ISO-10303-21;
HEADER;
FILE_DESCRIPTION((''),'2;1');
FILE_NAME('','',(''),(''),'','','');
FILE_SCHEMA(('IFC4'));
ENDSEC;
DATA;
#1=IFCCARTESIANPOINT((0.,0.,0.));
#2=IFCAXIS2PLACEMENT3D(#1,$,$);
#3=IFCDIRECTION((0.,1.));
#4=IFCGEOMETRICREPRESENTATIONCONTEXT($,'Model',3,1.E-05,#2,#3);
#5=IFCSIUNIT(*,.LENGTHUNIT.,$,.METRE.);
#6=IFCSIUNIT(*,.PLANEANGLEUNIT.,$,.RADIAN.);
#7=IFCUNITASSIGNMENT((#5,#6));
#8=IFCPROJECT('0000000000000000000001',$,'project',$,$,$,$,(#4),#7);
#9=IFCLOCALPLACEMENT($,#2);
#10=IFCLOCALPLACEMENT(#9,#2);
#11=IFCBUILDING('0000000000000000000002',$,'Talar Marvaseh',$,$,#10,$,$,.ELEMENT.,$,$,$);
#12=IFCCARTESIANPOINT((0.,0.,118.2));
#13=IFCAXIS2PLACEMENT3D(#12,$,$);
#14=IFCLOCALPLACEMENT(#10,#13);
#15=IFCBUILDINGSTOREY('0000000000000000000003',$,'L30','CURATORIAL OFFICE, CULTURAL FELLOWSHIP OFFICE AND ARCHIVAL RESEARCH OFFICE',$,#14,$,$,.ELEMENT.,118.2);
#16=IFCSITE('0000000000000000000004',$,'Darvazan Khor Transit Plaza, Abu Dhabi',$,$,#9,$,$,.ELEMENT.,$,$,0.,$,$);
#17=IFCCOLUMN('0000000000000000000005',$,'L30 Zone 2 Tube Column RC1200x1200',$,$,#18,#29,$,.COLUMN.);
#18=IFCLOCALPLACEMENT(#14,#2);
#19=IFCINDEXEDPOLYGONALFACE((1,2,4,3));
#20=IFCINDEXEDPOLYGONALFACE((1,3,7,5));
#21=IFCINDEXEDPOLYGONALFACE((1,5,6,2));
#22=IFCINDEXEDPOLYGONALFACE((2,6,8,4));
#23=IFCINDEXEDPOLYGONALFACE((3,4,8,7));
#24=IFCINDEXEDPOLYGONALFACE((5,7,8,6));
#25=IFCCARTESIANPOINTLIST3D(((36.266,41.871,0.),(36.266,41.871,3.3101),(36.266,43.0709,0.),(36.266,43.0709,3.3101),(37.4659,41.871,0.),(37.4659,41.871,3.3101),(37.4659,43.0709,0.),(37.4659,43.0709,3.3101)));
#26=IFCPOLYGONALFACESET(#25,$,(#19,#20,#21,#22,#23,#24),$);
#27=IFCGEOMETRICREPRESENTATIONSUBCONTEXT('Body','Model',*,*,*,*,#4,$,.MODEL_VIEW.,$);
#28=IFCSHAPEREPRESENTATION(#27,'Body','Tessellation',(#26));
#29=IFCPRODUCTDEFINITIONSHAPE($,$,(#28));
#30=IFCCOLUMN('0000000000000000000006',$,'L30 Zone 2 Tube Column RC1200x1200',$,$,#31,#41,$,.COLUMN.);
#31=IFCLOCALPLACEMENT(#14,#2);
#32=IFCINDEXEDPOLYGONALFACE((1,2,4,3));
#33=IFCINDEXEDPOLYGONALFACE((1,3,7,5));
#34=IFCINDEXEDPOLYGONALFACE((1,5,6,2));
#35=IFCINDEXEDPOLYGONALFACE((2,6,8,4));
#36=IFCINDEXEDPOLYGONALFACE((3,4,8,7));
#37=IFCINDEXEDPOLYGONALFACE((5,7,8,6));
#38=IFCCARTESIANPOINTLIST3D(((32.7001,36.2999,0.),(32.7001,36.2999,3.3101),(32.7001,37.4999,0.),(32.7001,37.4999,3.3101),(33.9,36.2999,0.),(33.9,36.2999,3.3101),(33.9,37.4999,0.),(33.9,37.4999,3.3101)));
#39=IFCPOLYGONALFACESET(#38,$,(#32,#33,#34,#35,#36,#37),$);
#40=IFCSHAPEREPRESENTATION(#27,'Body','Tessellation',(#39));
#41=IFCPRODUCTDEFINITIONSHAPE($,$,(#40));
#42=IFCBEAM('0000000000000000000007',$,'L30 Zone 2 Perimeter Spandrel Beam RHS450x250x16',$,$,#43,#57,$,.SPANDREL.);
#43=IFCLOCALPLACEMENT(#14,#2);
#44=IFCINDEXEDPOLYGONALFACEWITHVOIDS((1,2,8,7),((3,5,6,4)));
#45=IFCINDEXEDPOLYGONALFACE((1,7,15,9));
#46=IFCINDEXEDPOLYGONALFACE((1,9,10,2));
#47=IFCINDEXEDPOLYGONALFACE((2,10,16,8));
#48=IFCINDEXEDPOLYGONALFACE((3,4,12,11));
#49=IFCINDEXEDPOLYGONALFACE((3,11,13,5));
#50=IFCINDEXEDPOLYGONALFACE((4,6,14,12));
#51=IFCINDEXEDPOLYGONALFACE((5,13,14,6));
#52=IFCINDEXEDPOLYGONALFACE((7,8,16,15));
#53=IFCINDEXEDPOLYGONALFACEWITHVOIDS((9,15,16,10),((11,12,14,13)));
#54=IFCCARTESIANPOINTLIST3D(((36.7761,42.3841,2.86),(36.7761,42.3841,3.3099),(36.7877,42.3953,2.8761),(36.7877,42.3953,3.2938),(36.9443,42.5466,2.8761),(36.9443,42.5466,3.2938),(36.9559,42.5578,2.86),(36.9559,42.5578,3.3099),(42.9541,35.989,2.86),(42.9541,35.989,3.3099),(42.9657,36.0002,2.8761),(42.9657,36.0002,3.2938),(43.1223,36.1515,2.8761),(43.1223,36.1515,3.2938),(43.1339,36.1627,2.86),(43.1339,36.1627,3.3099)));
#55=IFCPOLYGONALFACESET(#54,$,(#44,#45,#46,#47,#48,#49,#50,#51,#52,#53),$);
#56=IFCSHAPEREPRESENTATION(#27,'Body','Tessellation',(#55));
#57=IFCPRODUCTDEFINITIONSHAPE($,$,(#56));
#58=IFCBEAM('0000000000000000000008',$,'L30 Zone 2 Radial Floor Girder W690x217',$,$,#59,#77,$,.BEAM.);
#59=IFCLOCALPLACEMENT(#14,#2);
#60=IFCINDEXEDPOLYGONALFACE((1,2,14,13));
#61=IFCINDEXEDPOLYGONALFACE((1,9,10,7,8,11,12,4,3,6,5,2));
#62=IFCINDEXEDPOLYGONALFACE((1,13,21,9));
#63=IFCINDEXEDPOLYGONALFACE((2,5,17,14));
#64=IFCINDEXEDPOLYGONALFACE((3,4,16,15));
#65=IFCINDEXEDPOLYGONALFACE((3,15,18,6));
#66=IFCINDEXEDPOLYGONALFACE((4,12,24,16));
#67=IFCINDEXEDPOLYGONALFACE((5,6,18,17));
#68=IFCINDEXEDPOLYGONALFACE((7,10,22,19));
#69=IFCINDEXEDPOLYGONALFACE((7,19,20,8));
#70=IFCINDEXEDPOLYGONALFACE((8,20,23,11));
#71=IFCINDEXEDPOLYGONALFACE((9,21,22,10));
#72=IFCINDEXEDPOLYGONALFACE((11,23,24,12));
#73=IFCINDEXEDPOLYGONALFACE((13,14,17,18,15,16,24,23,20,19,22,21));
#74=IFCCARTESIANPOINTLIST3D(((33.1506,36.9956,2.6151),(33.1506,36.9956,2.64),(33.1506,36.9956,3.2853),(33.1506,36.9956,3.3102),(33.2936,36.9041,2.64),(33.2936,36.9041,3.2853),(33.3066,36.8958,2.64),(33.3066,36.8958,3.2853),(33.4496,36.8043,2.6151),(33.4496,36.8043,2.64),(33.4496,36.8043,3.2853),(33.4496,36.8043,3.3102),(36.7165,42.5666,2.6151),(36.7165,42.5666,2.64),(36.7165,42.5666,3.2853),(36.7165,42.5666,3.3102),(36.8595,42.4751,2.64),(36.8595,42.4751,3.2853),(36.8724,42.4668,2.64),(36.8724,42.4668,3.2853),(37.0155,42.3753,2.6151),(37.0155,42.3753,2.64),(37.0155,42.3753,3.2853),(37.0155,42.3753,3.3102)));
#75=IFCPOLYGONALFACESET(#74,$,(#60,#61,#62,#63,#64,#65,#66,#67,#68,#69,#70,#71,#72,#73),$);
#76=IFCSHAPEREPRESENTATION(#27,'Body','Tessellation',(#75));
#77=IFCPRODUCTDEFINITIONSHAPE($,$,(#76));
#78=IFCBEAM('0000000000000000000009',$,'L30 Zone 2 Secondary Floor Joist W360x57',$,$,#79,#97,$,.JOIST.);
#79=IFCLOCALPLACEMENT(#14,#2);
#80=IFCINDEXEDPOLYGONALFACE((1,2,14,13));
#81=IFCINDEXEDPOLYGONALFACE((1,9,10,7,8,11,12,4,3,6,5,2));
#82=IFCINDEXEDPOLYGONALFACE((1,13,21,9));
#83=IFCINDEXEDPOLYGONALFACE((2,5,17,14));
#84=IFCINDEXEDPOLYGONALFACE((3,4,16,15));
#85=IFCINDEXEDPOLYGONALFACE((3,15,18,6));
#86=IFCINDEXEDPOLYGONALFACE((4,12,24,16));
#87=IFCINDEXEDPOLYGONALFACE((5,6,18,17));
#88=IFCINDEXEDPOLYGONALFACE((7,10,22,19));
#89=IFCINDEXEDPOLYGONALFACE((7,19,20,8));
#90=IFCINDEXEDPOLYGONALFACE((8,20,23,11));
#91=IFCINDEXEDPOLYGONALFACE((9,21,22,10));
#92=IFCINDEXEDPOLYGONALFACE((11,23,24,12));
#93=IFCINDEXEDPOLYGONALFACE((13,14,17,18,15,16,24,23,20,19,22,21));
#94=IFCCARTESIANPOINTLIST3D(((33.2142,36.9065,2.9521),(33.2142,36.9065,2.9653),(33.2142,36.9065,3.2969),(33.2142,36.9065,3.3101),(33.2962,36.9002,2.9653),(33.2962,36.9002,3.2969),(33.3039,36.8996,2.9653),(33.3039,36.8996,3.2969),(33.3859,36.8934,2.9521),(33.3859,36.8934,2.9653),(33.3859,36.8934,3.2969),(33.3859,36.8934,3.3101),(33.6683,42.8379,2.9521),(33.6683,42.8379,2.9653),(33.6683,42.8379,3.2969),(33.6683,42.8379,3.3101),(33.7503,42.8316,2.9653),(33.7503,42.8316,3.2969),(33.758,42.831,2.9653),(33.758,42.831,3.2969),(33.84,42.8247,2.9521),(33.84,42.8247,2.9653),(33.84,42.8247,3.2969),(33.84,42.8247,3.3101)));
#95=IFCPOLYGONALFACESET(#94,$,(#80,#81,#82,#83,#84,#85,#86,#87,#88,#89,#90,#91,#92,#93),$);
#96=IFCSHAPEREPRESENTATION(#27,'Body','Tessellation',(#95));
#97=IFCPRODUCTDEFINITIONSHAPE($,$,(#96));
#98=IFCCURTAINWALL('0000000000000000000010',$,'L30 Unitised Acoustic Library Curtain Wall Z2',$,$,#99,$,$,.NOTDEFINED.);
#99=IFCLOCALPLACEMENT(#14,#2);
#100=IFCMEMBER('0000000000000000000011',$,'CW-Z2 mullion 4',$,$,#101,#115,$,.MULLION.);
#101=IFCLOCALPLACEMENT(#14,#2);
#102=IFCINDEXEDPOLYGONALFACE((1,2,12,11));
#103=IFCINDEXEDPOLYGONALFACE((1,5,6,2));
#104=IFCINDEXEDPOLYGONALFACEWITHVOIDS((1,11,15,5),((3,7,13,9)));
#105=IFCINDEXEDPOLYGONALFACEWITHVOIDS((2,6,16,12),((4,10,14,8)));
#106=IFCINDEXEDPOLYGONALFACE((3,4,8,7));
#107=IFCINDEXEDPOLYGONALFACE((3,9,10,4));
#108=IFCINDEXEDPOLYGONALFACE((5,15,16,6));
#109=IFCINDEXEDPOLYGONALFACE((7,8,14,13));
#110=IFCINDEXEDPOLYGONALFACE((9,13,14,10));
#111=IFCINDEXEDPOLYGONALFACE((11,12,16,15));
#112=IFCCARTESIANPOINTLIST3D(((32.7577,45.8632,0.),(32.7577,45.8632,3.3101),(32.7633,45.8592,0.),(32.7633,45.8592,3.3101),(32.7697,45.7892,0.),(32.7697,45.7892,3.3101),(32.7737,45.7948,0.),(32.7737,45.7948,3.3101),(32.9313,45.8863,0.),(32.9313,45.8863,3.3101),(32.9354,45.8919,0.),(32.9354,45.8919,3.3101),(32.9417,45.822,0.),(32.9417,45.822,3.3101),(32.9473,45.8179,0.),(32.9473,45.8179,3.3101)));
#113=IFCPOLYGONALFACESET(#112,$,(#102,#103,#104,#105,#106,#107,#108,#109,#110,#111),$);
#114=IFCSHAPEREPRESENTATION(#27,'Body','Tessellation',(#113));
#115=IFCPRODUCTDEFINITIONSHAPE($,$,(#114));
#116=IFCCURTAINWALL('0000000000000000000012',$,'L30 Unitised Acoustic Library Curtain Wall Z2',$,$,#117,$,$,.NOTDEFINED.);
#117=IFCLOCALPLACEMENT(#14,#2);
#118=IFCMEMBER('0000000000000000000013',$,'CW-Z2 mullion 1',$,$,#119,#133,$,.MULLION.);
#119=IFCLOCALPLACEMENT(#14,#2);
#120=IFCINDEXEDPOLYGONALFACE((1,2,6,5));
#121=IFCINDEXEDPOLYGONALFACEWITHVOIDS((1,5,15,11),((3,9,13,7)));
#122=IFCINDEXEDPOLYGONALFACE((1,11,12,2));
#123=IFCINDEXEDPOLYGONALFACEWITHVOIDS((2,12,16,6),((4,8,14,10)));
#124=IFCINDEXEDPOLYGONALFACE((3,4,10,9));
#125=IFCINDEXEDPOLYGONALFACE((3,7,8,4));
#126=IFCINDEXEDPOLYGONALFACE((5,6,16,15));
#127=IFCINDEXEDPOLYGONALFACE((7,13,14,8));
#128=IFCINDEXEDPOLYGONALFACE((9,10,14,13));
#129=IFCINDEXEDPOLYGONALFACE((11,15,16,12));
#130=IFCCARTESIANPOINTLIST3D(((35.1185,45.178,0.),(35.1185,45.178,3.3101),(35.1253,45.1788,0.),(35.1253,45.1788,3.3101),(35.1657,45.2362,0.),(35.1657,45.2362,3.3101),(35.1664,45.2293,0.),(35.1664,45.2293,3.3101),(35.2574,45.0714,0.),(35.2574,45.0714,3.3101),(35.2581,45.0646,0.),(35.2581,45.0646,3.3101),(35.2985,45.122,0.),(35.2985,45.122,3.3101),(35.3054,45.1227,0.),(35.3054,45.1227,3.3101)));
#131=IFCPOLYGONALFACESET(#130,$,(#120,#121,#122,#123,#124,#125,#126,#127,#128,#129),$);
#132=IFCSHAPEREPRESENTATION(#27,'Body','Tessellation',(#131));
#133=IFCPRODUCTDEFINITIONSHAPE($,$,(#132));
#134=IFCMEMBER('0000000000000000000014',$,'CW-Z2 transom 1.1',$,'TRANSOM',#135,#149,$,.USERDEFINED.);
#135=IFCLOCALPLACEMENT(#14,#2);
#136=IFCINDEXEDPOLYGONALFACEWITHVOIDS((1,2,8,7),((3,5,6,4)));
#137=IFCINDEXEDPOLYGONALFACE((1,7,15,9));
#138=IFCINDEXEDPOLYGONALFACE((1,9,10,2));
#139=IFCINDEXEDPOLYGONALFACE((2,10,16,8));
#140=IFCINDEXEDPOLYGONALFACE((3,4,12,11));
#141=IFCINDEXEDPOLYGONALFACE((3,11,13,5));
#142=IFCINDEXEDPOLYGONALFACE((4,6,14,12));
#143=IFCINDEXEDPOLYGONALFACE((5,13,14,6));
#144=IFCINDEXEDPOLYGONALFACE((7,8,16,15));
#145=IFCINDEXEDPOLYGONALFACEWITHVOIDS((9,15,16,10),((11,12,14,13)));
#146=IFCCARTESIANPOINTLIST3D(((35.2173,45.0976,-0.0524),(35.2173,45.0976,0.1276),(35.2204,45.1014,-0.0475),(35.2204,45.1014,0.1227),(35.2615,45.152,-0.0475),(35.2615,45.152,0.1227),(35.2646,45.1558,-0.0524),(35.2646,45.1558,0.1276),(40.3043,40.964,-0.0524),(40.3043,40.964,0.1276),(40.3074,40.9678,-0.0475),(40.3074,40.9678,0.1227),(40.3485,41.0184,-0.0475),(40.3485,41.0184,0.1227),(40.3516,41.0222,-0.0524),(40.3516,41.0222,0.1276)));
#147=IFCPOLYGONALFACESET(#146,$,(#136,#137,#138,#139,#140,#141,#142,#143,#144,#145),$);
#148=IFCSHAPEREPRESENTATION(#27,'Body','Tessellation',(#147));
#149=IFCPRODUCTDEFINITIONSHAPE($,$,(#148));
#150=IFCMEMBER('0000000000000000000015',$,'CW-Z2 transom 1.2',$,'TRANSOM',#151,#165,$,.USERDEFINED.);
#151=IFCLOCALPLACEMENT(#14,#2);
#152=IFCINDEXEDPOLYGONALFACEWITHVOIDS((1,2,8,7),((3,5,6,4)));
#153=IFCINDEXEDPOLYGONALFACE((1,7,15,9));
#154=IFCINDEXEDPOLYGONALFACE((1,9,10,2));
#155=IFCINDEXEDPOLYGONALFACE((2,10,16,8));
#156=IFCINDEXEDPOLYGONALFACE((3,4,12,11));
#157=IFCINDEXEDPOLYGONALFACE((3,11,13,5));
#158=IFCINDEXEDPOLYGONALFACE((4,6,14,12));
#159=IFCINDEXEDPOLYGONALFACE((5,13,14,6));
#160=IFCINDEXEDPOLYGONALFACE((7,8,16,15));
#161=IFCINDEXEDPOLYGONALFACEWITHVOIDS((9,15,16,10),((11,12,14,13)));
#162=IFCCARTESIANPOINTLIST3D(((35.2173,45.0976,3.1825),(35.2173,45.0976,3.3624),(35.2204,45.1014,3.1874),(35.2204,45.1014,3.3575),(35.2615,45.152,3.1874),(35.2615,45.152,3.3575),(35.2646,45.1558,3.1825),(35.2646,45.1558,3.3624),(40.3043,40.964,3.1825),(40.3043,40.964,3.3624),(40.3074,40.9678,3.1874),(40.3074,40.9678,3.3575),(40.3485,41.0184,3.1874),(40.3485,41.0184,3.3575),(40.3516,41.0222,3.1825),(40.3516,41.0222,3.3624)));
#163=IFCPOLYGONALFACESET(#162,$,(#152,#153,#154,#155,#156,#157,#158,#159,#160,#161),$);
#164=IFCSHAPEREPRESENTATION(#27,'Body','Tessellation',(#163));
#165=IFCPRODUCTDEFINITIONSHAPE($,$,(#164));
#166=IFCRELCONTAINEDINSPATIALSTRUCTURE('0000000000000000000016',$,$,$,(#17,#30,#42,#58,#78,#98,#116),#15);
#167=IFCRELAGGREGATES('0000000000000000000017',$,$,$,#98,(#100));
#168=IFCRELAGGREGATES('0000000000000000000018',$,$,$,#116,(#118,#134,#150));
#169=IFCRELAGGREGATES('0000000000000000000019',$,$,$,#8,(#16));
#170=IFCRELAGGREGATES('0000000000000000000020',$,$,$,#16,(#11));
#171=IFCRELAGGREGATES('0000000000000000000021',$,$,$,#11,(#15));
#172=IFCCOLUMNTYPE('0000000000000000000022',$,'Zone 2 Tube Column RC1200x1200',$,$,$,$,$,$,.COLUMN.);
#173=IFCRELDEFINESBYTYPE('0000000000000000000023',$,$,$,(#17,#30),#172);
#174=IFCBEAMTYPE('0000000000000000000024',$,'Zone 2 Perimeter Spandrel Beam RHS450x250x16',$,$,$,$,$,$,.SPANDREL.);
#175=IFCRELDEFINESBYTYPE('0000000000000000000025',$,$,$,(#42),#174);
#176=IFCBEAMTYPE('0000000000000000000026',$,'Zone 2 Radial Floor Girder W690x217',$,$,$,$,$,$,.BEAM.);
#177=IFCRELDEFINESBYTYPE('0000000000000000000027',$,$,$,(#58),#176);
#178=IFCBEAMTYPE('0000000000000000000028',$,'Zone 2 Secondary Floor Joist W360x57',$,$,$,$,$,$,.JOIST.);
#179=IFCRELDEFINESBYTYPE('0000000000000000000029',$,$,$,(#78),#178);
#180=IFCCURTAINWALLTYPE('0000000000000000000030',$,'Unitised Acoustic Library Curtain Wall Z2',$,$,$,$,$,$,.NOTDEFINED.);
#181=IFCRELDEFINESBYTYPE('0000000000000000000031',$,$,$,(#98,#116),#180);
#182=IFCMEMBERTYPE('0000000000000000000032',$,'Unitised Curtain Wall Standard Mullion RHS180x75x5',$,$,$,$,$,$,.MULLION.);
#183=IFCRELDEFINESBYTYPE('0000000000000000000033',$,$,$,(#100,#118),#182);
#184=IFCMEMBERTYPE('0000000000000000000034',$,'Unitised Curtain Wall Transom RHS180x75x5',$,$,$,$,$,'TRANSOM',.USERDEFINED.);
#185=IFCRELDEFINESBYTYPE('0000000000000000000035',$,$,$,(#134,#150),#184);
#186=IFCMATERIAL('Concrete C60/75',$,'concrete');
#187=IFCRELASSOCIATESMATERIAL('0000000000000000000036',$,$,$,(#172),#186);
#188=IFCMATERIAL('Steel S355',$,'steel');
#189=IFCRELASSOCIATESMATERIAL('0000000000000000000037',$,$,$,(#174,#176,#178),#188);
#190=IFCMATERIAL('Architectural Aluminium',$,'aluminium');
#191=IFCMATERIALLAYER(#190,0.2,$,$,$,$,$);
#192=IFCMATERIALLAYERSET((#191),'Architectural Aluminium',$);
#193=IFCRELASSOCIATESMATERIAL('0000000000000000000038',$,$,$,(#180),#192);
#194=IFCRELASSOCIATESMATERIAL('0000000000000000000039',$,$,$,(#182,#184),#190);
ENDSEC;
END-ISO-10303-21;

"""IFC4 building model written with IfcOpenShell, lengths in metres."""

from ifc_helpers import new_model, si_unit, direction, frame, origin, origin_2d, place, context, subcontext, project, spatial, rectangle, hollow_rectangle, i_section, extrude, source, transform, mapped, material, layer, layer_set, material_profile, profile_set, type_object, type_shapes, element, aggregate, save


model = new_model("IFC4")

# Units and contexts
model_context = context("Model", 3, precision=1e-05, world=origin(), true_north=direction((0.0, 1.0)))
body_context = subcontext(model_context, "Body", "Model", "MODEL_VIEW")
ifc_project = project(units=[si_unit("LENGTHUNIT", "METRE"), si_unit("PLANEANGLEUNIT", "RADIAN")], contexts=[model_context])

# Site, building, storey
site_placement = place(None, origin())
site = spatial("IfcSite", under=ifc_project, at=site_placement, Name="Darvazan Khor Transit Plaza, Abu Dhabi", CompositionType="ELEMENT", RefElevation=0.0)
building_placement = place(site_placement, origin())
building = spatial("IfcBuilding", under=site, at=building_placement, Name="Talar Marvaseh", CompositionType="ELEMENT")
storey_placement = place(building_placement, frame((0.0, 0.0, 118.2)))
storey = spatial("IfcBuildingStorey", under=building, at=storey_placement, Name="L30", Description="CURATORIAL OFFICE, CULTURAL FELLOWSHIP OFFICE AND ARCHIVAL RESEARCH OFFICE", CompositionType="ELEMENT", Elevation=118.2)

# Columns
ifc_material_1 = material(Name="Concrete C60/75", Category="concrete")
ifc_material_profile_1 = material_profile(ifc_material_1, rectangle(XDim=1.2, YDim=1.2, at=origin_2d()), Name="RC1200x1200")
ifc_profile_set_1 = profile_set([ifc_material_profile_1], Name="Concrete C60/75")
column_type = type_object("IfcColumnType", Name="Zone 2 Tube Column RC1200x1200", PredefinedType="COLUMN", material=ifc_profile_set_1)
for number, where, z_axis, x_axis, name in (
    (1, (36.866, 42.4709, 0.0), (0.0, 0.0, 1.0), (1.0, 0.0, 0.0), "L30 Zone 2 Tube Column RC1200x1200"),
    (2, (33.3, 36.8999, 0.0), (0.0, 0.0, 1.0), (1.0, 0.0, 0.0), "L30 Zone 2 Tube Column RC1200x1200"),
):
    element("IfcColumn", number, at=place(storey_placement, frame(where, z_axis=z_axis, x_axis=x_axis)), inside=storey, type_object=column_type, Name=name, PredefinedType="COLUMN", context=body_context, shape_type="SweptSolid", body=[
        extrude(rectangle(XDim=1.2, YDim=1.2, at=origin_2d()), origin(), (0.0, 0.0, 1.0), 3.3101),
    ])

# Beams
ifc_material_2 = material(Name="Steel S355", Category="steel")
ifc_material_profile_2 = material_profile(ifc_material_2, hollow_rectangle(XDim=0.25, YDim=0.45, WallThickness=0.0161, at=origin_2d()), Name="RHS450x250x16")
ifc_profile_set_2 = profile_set([ifc_material_profile_2], Name="Steel S355")
beam_type_1 = type_object("IfcBeamType", Name="Zone 2 Perimeter Spandrel Beam RHS450x250x16", PredefinedType="SPANDREL", material=ifc_profile_set_2)
beam_1_placement = place(storey_placement, frame((36.866, 42.4709, 3.085), z_axis=(0.694797, -0.719206, 0.0), x_axis=(0.719206, 0.694797, 0.0)))
element("IfcBeam", 3, at=beam_1_placement, inside=storey, type_object=beam_type_1, Name="L30 Zone 2 Perimeter Spandrel Beam RHS450x250x16", PredefinedType="SPANDREL", context=body_context, shape_type="SweptSolid", body=[
    extrude(hollow_rectangle(XDim=0.25, YDim=0.45, WallThickness=0.0161, at=origin_2d()), origin(), (0.0, 0.0, 1.0), 8.8918),
])
ifc_material_profile_3 = material_profile(ifc_material_2, i_section(OverallWidth=0.355, OverallDepth=0.6951, WebThickness=0.0154, FlangeThickness=0.0249, at=origin_2d()), Name="W690x217")
ifc_profile_set_3 = profile_set([ifc_material_profile_3], Name="Steel S355")
beam_type_2 = type_object("IfcBeamType", Name="Zone 2 Radial Floor Girder W690x217", PredefinedType="BEAM", material=ifc_profile_set_3)
beam_2_placement = place(storey_placement, frame((36.866, 42.4709, 2.9626), z_axis=(-0.539102, -0.842241, 0.0), x_axis=(0.842241, -0.539102, 0.0)))
element("IfcBeam", 4, at=beam_2_placement, inside=storey, type_object=beam_type_2, Name="L30 Zone 2 Radial Floor Girder W690x217", PredefinedType="BEAM", context=body_context, shape_type="SweptSolid", body=[
    extrude(i_section(OverallWidth=0.355, OverallDepth=0.6951, WebThickness=0.0154, FlangeThickness=0.0249, at=origin_2d()), origin(), (0.0, 0.0, 1.0), 6.6145),
])
ifc_material_profile_4 = material_profile(ifc_material_2, i_section(OverallWidth=0.1721, OverallDepth=0.3579, WebThickness=0.0078, FlangeThickness=0.0132, at=origin_2d()), Name="W360x57")
ifc_profile_set_4 = profile_set([ifc_material_profile_4], Name="Steel S355")
beam_type_3 = type_object("IfcBeamType", Name="Zone 2 Secondary Floor Joist W360x57", PredefinedType="JOIST", material=ifc_profile_set_4)
beam_3_placement = place(storey_placement, frame((33.7542, 42.8313, 3.1311), z_axis=(-0.076336, -0.997082, 0.0), x_axis=(0.997082, -0.076336, 0.0)))
element("IfcBeam", 5, at=beam_3_placement, inside=storey, type_object=beam_type_3, Name="L30 Zone 2 Secondary Floor Joist W360x57", PredefinedType="JOIST", context=body_context, shape_type="SweptSolid", body=[
    extrude(i_section(OverallWidth=0.1721, OverallDepth=0.3579, WebThickness=0.0078, FlangeThickness=0.0132, at=origin_2d()), origin(), (0.0, 0.0, 1.0), 5.9487),
])

# Curtain wall, member
ifc_material_3 = material(Name="Architectural Aluminium", Category="aluminium")
ifc_layer_1 = layer(ifc_material_3, 0.2)
ifc_layer_set_1 = layer_set([ifc_layer_1], Name="Architectural Aluminium")
curtain_wall_type = type_object("IfcCurtainWallType", Name="Unitised Acoustic Library Curtain Wall Z2", PredefinedType="NOTDEFINED", material=ifc_layer_set_1)
curtain_wall_1_placement = place(storey_placement, origin())
curtain_wall_1 = element("IfcCurtainWall", 6, at=curtain_wall_1_placement, inside=storey, type_object=curtain_wall_type, Name="L30 Unitised Acoustic Library Curtain Wall Z2", PredefinedType="NOTDEFINED")
ifc_material_profile_5 = material_profile(ifc_material_3, hollow_rectangle(XDim=0.075, YDim=0.1799, WallThickness=0.0049, at=origin_2d()), Name="RHS180x75x5")
ifc_profile_set_5 = profile_set([ifc_material_profile_5], Name="Architectural Aluminium")
member_type_1 = type_object("IfcMemberType", Name="Unitised Curtain Wall Standard Mullion RHS180x75x5", PredefinedType="MULLION", material=ifc_profile_set_5)
shared_shape_1 = source(origin(), body_context, "Body", "SweptSolid", [
    extrude(hollow_rectangle(XDim=0.075, YDim=0.1799, WallThickness=0.0049, at=origin_2d()), origin(), (0.0, 0.0, 1.0), 3.3101),
])
type_shapes(member_type_1, [shared_shape_1])
member_1_placement = place(storey_placement, frame((32.8525, 45.8406, 0.0), z_axis=(0.0, 0.0, 1.0), x_axis=(-0.15957, 0.987187, 0.0)))
member_1 = element("IfcMember", 7, at=member_1_placement, type_object=member_type_1, Name="CW-Z2 mullion 4", PredefinedType="MULLION", context=body_context, shape_type="MappedRepresentation", body=[
    mapped(shared_shape_1, transform((0.0, 0.0, 0.0), x_axis=(1.0, 0.0, 0.0), y_axis=(0.0, 1.0, 0.0), z_axis=(0.0, 0.0, 1.0), scale=1.0)),
])
aggregate(curtain_wall_1, [member_1])

# Curtain wall, members
curtain_wall_2_placement = place(storey_placement, origin())
curtain_wall_2 = element("IfcCurtainWall", 8, at=curtain_wall_2_placement, inside=storey, type_object=curtain_wall_type, Name="L30 Unitised Acoustic Library Curtain Wall Z2", PredefinedType="NOTDEFINED")
member_2_placement = place(storey_placement, frame((35.2119, 45.1504, 0.0), z_axis=(0.0, 0.0, 1.0), x_axis=(0.630625, 0.776088, 0.0)))
member_2 = element("IfcMember", 9, at=member_2_placement, type_object=member_type_1, Name="CW-Z2 mullion 1", PredefinedType="MULLION", context=body_context, shape_type="MappedRepresentation", body=[
    mapped(shared_shape_1, transform((0.0, 0.0, 0.0), x_axis=(1.0, 0.0, 0.0), y_axis=(0.0, 1.0, 0.0), z_axis=(0.0, 0.0, 1.0), scale=1.0)),
])
ifc_material_profile_6 = material_profile(ifc_material_3, hollow_rectangle(XDim=0.075, YDim=0.1799, WallThickness=0.0049, at=origin_2d()), Name="RHS180x75x5")
ifc_profile_set_6 = profile_set([ifc_material_profile_6], Name="Architectural Aluminium")
member_type_2 = type_object("IfcMemberType", Name="Unitised Curtain Wall Transom RHS180x75x5", ElementType="TRANSOM", PredefinedType="USERDEFINED", material=ifc_profile_set_6)
shared_shape_2 = source(origin(), body_context, "Body", "SweptSolid", [
    extrude(hollow_rectangle(XDim=0.075, YDim=0.1799, WallThickness=0.0049, at=origin_2d()), origin(), (0.0, 0.0, 1.0), 6.5547),
])
type_shapes(member_type_2, [shared_shape_2])
member_3_placement = place(storey_placement, frame((35.241, 45.1267, 0.0376), z_axis=(0.776082, -0.630632, 0.0), x_axis=(0.630632, 0.776082, 0.0)))
member_3 = element("IfcMember", 10, at=member_3_placement, type_object=member_type_2, Name="CW-Z2 transom 1.1", ObjectType="TRANSOM", PredefinedType="USERDEFINED", context=body_context, shape_type="MappedRepresentation", body=[
    mapped(shared_shape_2, transform((0.0, 0.0, 0.0), x_axis=(1.0, 0.0, 0.0), y_axis=(0.0, 1.0, 0.0), z_axis=(0.0, 0.0, 1.0), scale=1.0)),
])
member_4_placement = place(storey_placement, frame((35.241, 45.1267, 3.2725), z_axis=(0.776082, -0.630632, 0.0), x_axis=(0.630632, 0.776082, 0.0)))
member_4 = element("IfcMember", 11, at=member_4_placement, type_object=member_type_2, Name="CW-Z2 transom 1.2", ObjectType="TRANSOM", PredefinedType="USERDEFINED", context=body_context, shape_type="MappedRepresentation", body=[
    mapped(shared_shape_2, transform((0.0, 0.0, 0.0), x_axis=(1.0, 0.0, 0.0), y_axis=(0.0, 1.0, 0.0), z_axis=(0.0, 0.0, 1.0), scale=1.0)),
])
aggregate(curtain_wall_2, [member_2, member_3, member_4])

save(model, "model.ifc")
